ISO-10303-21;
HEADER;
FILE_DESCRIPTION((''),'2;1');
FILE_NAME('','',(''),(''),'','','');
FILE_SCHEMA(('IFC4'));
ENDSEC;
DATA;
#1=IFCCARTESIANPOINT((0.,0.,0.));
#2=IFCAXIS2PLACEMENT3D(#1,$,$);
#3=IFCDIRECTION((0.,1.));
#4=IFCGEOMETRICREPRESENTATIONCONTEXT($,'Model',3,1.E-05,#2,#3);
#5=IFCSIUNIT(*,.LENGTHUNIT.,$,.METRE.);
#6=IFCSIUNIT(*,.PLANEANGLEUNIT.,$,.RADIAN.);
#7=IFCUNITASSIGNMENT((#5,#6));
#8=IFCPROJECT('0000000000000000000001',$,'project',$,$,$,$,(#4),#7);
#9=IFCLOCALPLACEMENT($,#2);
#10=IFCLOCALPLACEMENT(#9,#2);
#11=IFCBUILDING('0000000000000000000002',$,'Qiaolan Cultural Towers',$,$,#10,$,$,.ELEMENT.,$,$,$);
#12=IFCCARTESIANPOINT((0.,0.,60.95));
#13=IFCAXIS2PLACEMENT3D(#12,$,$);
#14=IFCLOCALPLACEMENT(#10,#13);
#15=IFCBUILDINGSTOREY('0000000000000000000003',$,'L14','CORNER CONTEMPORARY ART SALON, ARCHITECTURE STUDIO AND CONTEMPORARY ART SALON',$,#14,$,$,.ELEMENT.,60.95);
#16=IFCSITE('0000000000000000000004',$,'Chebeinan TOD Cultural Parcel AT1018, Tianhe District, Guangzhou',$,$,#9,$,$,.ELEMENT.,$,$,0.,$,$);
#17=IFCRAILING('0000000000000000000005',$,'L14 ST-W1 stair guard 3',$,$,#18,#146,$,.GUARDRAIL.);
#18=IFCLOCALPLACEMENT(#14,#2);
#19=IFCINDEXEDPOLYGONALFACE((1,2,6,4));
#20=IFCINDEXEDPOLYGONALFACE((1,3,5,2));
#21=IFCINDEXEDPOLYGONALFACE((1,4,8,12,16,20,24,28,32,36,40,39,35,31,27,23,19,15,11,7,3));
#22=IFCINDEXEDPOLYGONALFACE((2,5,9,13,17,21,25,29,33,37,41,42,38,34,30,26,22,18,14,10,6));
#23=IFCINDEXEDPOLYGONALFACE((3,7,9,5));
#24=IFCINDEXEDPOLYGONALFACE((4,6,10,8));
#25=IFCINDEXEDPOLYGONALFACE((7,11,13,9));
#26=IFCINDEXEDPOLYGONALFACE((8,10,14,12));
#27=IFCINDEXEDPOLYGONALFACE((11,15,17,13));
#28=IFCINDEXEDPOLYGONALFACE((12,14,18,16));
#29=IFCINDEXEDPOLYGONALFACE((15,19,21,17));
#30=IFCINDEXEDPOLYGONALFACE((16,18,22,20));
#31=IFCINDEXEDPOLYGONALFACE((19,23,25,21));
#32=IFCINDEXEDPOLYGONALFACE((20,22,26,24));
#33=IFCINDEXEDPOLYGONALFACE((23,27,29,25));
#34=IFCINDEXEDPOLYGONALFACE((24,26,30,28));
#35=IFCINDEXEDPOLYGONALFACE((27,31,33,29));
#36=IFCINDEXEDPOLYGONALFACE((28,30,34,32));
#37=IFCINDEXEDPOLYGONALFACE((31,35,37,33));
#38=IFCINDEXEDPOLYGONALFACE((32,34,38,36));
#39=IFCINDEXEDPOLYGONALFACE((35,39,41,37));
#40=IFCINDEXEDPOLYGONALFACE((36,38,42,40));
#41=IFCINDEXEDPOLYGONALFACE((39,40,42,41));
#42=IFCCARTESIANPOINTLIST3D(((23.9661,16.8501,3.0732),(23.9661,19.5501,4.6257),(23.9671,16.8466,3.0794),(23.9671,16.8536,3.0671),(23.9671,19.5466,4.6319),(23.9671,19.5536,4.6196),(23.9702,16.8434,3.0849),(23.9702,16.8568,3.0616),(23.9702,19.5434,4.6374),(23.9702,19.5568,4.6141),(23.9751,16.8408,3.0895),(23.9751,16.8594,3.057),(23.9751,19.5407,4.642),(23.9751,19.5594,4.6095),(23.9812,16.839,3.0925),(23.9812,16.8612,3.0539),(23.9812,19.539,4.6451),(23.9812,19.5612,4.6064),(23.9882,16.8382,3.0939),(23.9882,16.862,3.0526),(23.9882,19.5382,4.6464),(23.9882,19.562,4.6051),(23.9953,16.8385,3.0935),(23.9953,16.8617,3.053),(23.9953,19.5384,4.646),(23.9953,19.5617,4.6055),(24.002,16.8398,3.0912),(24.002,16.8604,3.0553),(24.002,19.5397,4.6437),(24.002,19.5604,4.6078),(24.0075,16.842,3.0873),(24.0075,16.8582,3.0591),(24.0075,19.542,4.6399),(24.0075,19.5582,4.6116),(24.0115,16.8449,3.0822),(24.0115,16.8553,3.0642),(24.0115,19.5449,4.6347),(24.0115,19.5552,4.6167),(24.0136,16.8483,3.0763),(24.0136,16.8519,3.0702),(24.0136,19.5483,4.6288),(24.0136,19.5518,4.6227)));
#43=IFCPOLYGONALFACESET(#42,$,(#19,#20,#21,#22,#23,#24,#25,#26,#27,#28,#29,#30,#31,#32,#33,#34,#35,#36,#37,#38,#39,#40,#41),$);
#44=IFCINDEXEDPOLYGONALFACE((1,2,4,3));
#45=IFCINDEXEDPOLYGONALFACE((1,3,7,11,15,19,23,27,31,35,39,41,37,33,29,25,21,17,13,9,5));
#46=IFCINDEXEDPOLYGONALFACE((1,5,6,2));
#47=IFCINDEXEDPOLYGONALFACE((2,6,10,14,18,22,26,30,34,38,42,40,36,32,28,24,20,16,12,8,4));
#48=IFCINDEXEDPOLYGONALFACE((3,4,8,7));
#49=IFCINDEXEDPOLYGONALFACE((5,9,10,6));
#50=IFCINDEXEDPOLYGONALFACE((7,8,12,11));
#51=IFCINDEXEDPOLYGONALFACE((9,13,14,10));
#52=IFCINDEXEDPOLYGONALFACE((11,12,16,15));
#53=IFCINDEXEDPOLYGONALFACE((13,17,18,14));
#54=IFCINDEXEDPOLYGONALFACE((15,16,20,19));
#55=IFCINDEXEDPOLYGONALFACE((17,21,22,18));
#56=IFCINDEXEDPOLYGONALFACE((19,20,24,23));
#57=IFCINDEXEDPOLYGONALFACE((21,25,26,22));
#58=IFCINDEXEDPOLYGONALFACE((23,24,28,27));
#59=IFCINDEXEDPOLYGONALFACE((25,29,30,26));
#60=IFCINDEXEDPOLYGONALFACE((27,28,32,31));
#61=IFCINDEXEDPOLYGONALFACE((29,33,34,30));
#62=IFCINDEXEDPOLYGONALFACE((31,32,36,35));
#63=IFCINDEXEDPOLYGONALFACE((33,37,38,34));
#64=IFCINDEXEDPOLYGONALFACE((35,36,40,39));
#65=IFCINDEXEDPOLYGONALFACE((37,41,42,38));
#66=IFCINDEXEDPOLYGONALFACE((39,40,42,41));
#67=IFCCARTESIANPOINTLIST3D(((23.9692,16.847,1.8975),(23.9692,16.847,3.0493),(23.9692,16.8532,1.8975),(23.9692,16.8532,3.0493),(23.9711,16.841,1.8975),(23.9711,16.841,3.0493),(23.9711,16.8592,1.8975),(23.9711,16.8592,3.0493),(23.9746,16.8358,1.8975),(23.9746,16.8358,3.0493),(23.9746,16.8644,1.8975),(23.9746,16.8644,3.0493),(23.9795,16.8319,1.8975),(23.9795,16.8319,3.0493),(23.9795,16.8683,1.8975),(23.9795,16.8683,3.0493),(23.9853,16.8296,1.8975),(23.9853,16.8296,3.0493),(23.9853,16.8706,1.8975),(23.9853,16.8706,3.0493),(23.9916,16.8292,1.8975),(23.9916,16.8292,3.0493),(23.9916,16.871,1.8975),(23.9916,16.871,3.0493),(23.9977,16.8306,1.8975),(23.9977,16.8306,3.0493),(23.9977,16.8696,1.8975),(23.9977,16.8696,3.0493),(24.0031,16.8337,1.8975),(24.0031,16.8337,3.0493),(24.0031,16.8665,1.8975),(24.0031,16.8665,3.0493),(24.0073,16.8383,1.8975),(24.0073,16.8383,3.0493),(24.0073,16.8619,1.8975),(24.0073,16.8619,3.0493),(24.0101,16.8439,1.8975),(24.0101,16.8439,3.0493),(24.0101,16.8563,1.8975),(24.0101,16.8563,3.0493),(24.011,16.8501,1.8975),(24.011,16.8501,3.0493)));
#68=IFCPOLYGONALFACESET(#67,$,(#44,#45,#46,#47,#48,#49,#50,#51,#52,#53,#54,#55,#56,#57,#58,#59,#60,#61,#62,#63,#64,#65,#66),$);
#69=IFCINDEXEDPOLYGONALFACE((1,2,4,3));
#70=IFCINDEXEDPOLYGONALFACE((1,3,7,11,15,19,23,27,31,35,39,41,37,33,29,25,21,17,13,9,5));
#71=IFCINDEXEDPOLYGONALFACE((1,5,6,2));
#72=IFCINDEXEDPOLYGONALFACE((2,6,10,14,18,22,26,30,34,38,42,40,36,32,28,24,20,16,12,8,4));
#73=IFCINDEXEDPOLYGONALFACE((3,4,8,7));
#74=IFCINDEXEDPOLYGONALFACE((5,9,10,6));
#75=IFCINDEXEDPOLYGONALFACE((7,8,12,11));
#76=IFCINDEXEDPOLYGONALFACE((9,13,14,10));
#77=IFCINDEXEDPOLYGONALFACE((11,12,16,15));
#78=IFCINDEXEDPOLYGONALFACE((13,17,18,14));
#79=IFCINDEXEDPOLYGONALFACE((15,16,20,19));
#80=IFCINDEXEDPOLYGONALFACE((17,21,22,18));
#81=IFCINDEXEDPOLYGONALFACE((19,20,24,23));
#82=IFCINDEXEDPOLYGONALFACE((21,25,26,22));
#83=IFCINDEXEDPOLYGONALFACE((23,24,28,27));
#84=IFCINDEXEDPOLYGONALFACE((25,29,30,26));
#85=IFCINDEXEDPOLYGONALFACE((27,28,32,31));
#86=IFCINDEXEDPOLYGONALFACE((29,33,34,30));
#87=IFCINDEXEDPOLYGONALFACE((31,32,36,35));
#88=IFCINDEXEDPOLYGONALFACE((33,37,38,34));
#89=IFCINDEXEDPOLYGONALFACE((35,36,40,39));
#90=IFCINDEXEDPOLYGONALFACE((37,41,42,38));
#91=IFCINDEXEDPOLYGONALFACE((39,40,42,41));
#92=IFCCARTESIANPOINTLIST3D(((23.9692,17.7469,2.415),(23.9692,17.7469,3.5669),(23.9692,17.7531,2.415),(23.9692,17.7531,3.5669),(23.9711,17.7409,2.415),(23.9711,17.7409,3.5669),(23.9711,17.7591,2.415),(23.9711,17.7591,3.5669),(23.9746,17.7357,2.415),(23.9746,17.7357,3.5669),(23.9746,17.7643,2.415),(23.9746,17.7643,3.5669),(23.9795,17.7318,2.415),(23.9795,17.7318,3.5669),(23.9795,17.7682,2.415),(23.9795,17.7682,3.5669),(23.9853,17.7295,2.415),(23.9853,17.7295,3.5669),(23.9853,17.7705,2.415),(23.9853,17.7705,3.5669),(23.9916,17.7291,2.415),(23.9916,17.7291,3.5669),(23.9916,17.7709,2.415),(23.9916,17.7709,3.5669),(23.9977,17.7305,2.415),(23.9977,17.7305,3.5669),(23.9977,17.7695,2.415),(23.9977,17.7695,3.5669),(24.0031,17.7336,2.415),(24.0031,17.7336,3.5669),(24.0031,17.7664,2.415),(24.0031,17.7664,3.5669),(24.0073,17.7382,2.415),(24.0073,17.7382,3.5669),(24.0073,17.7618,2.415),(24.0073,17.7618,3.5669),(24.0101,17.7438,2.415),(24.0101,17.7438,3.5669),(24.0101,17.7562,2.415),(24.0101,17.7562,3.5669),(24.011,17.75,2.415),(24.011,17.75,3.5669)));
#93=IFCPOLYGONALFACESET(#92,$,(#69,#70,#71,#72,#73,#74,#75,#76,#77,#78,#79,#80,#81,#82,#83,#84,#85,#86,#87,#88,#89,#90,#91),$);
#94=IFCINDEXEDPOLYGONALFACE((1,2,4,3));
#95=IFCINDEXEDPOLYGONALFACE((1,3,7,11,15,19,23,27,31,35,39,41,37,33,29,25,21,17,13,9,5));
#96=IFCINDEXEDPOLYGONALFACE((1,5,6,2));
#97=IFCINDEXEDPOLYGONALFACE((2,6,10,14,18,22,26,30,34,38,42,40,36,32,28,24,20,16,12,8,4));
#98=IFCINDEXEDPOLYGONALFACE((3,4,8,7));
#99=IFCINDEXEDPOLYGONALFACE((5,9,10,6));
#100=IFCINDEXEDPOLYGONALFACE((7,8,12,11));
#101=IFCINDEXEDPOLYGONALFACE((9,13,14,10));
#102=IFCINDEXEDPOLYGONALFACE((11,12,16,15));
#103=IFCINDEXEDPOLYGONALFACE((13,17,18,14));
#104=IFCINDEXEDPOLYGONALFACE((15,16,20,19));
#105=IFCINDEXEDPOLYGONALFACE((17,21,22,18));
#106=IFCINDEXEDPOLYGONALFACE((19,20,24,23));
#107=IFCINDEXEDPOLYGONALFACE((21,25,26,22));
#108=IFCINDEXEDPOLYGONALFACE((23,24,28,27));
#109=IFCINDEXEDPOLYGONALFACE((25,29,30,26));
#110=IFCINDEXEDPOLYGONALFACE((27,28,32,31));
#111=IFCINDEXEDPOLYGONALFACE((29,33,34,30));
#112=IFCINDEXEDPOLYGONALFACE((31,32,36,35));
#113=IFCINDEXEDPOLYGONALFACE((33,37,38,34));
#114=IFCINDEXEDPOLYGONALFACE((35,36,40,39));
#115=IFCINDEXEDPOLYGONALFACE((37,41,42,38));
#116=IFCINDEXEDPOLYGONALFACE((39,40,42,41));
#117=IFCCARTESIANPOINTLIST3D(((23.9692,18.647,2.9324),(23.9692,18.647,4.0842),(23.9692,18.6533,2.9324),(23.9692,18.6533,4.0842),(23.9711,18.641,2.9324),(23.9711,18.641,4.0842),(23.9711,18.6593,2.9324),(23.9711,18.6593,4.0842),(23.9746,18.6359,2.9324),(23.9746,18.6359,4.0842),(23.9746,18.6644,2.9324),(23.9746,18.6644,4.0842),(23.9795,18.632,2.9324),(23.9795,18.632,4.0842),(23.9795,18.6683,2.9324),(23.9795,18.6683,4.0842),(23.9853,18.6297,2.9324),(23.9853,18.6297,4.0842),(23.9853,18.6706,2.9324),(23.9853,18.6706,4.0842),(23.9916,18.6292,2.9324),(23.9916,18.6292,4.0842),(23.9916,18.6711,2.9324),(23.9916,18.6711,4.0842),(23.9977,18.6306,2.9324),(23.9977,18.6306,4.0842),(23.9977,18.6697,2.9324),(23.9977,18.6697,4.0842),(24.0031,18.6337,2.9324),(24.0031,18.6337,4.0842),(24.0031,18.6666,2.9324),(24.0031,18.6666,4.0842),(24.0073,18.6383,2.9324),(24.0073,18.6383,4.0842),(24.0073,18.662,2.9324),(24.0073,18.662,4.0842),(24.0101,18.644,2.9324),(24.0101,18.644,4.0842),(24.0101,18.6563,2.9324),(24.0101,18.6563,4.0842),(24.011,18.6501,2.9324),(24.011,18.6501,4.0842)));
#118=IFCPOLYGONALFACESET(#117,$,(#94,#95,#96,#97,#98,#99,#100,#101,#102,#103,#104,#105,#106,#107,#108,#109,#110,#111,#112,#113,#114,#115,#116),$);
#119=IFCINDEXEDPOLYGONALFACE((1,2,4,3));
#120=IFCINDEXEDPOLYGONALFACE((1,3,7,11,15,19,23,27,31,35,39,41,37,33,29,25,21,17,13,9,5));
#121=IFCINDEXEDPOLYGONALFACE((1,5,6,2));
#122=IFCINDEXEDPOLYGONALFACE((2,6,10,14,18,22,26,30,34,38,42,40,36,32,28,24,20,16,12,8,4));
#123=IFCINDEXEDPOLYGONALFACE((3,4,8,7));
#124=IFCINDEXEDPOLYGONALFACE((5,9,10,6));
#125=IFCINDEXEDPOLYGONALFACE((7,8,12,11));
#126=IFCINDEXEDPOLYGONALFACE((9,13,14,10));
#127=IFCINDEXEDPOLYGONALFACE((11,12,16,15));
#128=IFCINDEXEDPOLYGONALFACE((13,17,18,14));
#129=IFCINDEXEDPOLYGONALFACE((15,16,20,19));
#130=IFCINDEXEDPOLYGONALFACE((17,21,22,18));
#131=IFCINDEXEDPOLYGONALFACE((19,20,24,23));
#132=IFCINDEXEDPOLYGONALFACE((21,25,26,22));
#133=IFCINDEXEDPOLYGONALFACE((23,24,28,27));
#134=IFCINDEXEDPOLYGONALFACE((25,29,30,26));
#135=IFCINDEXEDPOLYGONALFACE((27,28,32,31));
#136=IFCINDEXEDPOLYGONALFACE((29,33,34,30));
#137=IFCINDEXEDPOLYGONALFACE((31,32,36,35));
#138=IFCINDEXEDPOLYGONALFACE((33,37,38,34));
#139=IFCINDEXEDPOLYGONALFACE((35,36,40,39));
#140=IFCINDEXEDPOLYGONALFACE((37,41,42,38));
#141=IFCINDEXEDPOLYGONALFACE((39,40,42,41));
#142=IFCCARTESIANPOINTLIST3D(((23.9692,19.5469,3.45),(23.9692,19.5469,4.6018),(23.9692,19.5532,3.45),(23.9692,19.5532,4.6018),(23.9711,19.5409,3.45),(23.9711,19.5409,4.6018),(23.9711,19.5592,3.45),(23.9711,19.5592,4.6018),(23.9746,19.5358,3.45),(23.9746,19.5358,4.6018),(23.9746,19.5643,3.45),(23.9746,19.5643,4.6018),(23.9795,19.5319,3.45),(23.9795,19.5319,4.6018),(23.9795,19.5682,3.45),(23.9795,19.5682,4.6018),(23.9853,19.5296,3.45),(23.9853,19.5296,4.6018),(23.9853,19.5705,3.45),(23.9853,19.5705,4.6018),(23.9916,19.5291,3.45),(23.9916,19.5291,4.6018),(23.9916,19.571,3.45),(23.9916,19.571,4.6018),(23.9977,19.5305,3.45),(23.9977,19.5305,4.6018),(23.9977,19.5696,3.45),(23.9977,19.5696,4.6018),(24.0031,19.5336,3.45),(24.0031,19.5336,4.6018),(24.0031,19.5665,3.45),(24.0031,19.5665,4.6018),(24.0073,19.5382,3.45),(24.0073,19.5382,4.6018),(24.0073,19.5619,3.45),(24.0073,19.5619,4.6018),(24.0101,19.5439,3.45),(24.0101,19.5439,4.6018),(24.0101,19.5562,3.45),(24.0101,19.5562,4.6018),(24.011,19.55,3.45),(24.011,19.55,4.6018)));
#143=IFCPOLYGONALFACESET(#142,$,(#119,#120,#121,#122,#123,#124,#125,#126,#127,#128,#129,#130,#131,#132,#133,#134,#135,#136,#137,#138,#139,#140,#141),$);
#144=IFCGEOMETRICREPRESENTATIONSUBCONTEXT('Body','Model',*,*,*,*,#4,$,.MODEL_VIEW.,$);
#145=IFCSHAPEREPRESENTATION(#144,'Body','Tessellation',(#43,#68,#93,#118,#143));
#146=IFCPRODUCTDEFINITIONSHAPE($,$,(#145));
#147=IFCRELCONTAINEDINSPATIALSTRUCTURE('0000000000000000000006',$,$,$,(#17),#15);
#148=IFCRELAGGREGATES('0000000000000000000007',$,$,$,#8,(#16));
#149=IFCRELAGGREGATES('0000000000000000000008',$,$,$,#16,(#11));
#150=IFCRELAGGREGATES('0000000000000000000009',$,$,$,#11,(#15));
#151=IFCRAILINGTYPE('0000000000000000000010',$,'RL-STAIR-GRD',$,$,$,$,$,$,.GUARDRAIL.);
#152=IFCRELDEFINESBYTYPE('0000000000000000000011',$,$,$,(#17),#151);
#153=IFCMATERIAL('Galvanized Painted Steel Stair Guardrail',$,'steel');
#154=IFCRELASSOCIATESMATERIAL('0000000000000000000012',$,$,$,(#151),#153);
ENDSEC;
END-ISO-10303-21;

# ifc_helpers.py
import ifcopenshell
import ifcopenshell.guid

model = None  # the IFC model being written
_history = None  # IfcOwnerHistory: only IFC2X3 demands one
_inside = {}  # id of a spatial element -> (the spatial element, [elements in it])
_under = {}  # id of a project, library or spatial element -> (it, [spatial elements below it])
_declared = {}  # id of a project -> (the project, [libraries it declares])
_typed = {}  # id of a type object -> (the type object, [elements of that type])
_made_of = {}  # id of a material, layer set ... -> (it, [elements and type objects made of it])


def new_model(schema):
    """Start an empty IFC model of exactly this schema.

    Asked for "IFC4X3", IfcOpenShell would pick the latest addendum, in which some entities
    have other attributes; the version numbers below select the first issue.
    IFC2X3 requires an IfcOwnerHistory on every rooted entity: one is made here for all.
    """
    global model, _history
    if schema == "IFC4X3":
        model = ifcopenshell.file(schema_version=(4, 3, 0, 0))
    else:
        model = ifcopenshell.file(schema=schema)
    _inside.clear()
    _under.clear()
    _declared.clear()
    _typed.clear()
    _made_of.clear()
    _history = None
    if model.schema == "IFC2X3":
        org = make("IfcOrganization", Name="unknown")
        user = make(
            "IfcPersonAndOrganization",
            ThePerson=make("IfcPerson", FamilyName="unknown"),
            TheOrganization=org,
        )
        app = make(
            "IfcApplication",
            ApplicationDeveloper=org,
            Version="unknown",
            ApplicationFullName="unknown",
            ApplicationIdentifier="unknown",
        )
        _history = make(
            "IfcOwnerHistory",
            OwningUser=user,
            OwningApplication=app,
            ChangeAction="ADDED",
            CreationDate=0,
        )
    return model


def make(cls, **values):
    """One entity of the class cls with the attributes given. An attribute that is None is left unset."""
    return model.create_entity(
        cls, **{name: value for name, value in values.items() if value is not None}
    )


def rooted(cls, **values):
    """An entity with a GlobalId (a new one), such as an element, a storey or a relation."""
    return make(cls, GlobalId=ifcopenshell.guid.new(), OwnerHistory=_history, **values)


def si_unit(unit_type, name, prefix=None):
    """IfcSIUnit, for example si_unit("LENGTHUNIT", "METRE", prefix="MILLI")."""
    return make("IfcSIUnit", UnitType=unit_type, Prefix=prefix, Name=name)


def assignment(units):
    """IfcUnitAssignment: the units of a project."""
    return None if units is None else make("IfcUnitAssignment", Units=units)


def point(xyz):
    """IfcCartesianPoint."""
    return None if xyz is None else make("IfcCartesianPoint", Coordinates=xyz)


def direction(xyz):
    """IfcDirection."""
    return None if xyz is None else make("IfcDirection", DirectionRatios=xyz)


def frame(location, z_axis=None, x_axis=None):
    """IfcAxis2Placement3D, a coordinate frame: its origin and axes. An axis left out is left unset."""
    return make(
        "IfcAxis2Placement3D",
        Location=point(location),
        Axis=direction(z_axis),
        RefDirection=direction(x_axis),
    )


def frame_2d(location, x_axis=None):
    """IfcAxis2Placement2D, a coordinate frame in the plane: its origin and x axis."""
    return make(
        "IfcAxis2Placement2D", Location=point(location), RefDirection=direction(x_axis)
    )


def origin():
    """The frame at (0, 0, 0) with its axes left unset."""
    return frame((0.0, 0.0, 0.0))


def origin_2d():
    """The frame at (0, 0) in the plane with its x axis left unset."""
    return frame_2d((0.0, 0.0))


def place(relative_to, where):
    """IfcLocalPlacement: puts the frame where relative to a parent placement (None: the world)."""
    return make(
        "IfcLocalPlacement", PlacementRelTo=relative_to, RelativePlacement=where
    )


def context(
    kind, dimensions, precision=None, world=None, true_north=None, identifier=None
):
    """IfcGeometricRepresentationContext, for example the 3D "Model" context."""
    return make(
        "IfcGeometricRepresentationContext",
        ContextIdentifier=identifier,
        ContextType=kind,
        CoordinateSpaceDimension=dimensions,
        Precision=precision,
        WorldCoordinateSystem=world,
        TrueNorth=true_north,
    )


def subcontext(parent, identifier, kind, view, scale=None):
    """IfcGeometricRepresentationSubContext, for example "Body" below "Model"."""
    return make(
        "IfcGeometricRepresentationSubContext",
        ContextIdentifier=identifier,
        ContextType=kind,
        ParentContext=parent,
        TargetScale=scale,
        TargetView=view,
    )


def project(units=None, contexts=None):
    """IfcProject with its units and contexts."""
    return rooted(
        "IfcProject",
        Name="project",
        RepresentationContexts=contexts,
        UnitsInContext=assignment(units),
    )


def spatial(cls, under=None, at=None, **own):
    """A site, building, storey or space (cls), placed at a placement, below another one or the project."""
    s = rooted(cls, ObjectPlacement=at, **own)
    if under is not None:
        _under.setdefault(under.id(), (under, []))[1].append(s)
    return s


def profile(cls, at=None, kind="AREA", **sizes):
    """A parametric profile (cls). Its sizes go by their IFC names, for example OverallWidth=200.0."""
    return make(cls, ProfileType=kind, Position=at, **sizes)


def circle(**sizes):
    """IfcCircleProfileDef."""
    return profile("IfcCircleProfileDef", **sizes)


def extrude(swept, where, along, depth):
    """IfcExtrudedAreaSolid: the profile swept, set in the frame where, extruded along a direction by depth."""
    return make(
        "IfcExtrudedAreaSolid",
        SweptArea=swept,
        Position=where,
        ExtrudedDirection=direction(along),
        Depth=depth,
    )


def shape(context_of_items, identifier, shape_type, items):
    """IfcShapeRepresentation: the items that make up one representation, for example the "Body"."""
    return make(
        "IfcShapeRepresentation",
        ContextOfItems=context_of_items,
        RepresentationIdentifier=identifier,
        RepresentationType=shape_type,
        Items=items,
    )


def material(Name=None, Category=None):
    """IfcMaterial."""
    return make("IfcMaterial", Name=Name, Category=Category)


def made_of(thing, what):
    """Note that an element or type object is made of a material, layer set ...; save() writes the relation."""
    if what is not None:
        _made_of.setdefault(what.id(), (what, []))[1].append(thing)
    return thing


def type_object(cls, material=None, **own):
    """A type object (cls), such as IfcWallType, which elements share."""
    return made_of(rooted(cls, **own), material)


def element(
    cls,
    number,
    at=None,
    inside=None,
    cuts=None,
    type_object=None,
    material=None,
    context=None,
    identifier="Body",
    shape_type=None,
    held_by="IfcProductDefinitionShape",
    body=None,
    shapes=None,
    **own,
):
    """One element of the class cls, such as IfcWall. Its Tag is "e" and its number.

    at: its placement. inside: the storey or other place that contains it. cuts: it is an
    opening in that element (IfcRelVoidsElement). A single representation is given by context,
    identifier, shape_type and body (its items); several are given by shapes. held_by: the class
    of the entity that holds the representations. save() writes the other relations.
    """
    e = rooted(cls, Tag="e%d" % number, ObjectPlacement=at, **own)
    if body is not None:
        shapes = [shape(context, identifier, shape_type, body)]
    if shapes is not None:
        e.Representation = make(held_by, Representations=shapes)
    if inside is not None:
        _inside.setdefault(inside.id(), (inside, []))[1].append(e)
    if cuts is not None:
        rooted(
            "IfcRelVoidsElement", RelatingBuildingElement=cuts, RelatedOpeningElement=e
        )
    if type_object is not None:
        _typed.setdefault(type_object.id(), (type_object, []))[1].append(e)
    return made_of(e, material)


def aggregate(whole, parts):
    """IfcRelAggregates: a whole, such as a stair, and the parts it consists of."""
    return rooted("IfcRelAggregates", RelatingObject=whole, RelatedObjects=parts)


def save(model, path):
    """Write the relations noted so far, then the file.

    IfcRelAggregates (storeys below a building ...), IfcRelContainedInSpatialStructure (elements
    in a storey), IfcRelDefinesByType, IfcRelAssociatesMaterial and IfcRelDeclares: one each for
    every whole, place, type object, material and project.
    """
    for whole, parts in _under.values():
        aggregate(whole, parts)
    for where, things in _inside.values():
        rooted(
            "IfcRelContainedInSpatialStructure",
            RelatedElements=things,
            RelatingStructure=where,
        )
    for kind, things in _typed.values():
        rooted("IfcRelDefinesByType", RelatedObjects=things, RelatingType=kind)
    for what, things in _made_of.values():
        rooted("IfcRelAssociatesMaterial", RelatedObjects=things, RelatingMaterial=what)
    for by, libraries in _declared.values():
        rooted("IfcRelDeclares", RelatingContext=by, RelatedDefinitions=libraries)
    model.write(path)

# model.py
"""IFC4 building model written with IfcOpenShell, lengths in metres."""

from ifc_helpers import new_model, si_unit, direction, frame, origin, origin_2d, place, context, subcontext, project, spatial, circle, extrude, material, type_object, element, save


model = new_model("IFC4")

# Units and contexts
model_context = context("Model", 3, precision=1e-05, world=origin(), true_north=direction((0.0, 1.0)))
body_context = subcontext(model_context, "Body", "Model", "MODEL_VIEW")
ifc_project = project(units=[si_unit("LENGTHUNIT", "METRE"), si_unit("PLANEANGLEUNIT", "RADIAN")], contexts=[model_context])

# Site, building, storey
site_placement = place(None, origin())
site = spatial("IfcSite", under=ifc_project, at=site_placement, Name="Chebeinan TOD Cultural Parcel AT1018, Tianhe District, Guangzhou", CompositionType="ELEMENT", RefElevation=0.0)
building_placement = place(site_placement, origin())
building = spatial("IfcBuilding", under=site, at=building_placement, Name="Qiaolan Cultural Towers", CompositionType="ELEMENT")
storey_placement = place(building_placement, frame((0.0, 0.0, 60.95)))
storey = spatial("IfcBuildingStorey", under=building, at=storey_placement, Name="L14", Description="CORNER CONTEMPORARY ART SALON, ARCHITECTURE STUDIO AND CONTEMPORARY ART SALON", CompositionType="ELEMENT", Elevation=60.95)

# Railing
ifc_material_1 = material(Name="Galvanized Painted Steel Stair Guardrail", Category="steel")
railing_type_1 = type_object("IfcRailingType", Name="RL-STAIR-GRD", PredefinedType="GUARDRAIL", material=ifc_material_1)
railing_1_placement = place(storey_placement, frame((23.99, 16.8501, 1.8975)))
element("IfcRailing", 1, at=railing_1_placement, inside=storey, type_object=railing_type_1, Name="L14 ST-W1 stair guard 3", PredefinedType="GUARDRAIL", context=body_context, shape_type="SweptSolid", body=[
    extrude(circle(Radius=0.0239, at=origin_2d()), frame((0.0, 0.0, 1.1758), z_axis=(0.0, 0.866904, 0.498476), x_axis=(-1.0, 0.0, 0.0)), (0.0, 0.0, 1.0), 3.1145),
    extrude(circle(Radius=0.021, at=origin_2d()), origin(), (0.0, 0.0, 1.0), 1.1519),
    extrude(circle(Radius=0.021, at=origin_2d()), frame((0.0, 0.8999, 0.5176)), (0.0, 0.0, 1.0), 1.1519),
    extrude(circle(Radius=0.021, at=origin_2d()), frame((0.0, 1.8, 1.0349)), (0.0, 0.0, 1.0), 1.1519),
    extrude(circle(Radius=0.021, at=origin_2d()), frame((0.0, 2.7, 1.5525)), (0.0, 0.0, 1.0), 1.1519),
])

save(model, "model.ifc")
